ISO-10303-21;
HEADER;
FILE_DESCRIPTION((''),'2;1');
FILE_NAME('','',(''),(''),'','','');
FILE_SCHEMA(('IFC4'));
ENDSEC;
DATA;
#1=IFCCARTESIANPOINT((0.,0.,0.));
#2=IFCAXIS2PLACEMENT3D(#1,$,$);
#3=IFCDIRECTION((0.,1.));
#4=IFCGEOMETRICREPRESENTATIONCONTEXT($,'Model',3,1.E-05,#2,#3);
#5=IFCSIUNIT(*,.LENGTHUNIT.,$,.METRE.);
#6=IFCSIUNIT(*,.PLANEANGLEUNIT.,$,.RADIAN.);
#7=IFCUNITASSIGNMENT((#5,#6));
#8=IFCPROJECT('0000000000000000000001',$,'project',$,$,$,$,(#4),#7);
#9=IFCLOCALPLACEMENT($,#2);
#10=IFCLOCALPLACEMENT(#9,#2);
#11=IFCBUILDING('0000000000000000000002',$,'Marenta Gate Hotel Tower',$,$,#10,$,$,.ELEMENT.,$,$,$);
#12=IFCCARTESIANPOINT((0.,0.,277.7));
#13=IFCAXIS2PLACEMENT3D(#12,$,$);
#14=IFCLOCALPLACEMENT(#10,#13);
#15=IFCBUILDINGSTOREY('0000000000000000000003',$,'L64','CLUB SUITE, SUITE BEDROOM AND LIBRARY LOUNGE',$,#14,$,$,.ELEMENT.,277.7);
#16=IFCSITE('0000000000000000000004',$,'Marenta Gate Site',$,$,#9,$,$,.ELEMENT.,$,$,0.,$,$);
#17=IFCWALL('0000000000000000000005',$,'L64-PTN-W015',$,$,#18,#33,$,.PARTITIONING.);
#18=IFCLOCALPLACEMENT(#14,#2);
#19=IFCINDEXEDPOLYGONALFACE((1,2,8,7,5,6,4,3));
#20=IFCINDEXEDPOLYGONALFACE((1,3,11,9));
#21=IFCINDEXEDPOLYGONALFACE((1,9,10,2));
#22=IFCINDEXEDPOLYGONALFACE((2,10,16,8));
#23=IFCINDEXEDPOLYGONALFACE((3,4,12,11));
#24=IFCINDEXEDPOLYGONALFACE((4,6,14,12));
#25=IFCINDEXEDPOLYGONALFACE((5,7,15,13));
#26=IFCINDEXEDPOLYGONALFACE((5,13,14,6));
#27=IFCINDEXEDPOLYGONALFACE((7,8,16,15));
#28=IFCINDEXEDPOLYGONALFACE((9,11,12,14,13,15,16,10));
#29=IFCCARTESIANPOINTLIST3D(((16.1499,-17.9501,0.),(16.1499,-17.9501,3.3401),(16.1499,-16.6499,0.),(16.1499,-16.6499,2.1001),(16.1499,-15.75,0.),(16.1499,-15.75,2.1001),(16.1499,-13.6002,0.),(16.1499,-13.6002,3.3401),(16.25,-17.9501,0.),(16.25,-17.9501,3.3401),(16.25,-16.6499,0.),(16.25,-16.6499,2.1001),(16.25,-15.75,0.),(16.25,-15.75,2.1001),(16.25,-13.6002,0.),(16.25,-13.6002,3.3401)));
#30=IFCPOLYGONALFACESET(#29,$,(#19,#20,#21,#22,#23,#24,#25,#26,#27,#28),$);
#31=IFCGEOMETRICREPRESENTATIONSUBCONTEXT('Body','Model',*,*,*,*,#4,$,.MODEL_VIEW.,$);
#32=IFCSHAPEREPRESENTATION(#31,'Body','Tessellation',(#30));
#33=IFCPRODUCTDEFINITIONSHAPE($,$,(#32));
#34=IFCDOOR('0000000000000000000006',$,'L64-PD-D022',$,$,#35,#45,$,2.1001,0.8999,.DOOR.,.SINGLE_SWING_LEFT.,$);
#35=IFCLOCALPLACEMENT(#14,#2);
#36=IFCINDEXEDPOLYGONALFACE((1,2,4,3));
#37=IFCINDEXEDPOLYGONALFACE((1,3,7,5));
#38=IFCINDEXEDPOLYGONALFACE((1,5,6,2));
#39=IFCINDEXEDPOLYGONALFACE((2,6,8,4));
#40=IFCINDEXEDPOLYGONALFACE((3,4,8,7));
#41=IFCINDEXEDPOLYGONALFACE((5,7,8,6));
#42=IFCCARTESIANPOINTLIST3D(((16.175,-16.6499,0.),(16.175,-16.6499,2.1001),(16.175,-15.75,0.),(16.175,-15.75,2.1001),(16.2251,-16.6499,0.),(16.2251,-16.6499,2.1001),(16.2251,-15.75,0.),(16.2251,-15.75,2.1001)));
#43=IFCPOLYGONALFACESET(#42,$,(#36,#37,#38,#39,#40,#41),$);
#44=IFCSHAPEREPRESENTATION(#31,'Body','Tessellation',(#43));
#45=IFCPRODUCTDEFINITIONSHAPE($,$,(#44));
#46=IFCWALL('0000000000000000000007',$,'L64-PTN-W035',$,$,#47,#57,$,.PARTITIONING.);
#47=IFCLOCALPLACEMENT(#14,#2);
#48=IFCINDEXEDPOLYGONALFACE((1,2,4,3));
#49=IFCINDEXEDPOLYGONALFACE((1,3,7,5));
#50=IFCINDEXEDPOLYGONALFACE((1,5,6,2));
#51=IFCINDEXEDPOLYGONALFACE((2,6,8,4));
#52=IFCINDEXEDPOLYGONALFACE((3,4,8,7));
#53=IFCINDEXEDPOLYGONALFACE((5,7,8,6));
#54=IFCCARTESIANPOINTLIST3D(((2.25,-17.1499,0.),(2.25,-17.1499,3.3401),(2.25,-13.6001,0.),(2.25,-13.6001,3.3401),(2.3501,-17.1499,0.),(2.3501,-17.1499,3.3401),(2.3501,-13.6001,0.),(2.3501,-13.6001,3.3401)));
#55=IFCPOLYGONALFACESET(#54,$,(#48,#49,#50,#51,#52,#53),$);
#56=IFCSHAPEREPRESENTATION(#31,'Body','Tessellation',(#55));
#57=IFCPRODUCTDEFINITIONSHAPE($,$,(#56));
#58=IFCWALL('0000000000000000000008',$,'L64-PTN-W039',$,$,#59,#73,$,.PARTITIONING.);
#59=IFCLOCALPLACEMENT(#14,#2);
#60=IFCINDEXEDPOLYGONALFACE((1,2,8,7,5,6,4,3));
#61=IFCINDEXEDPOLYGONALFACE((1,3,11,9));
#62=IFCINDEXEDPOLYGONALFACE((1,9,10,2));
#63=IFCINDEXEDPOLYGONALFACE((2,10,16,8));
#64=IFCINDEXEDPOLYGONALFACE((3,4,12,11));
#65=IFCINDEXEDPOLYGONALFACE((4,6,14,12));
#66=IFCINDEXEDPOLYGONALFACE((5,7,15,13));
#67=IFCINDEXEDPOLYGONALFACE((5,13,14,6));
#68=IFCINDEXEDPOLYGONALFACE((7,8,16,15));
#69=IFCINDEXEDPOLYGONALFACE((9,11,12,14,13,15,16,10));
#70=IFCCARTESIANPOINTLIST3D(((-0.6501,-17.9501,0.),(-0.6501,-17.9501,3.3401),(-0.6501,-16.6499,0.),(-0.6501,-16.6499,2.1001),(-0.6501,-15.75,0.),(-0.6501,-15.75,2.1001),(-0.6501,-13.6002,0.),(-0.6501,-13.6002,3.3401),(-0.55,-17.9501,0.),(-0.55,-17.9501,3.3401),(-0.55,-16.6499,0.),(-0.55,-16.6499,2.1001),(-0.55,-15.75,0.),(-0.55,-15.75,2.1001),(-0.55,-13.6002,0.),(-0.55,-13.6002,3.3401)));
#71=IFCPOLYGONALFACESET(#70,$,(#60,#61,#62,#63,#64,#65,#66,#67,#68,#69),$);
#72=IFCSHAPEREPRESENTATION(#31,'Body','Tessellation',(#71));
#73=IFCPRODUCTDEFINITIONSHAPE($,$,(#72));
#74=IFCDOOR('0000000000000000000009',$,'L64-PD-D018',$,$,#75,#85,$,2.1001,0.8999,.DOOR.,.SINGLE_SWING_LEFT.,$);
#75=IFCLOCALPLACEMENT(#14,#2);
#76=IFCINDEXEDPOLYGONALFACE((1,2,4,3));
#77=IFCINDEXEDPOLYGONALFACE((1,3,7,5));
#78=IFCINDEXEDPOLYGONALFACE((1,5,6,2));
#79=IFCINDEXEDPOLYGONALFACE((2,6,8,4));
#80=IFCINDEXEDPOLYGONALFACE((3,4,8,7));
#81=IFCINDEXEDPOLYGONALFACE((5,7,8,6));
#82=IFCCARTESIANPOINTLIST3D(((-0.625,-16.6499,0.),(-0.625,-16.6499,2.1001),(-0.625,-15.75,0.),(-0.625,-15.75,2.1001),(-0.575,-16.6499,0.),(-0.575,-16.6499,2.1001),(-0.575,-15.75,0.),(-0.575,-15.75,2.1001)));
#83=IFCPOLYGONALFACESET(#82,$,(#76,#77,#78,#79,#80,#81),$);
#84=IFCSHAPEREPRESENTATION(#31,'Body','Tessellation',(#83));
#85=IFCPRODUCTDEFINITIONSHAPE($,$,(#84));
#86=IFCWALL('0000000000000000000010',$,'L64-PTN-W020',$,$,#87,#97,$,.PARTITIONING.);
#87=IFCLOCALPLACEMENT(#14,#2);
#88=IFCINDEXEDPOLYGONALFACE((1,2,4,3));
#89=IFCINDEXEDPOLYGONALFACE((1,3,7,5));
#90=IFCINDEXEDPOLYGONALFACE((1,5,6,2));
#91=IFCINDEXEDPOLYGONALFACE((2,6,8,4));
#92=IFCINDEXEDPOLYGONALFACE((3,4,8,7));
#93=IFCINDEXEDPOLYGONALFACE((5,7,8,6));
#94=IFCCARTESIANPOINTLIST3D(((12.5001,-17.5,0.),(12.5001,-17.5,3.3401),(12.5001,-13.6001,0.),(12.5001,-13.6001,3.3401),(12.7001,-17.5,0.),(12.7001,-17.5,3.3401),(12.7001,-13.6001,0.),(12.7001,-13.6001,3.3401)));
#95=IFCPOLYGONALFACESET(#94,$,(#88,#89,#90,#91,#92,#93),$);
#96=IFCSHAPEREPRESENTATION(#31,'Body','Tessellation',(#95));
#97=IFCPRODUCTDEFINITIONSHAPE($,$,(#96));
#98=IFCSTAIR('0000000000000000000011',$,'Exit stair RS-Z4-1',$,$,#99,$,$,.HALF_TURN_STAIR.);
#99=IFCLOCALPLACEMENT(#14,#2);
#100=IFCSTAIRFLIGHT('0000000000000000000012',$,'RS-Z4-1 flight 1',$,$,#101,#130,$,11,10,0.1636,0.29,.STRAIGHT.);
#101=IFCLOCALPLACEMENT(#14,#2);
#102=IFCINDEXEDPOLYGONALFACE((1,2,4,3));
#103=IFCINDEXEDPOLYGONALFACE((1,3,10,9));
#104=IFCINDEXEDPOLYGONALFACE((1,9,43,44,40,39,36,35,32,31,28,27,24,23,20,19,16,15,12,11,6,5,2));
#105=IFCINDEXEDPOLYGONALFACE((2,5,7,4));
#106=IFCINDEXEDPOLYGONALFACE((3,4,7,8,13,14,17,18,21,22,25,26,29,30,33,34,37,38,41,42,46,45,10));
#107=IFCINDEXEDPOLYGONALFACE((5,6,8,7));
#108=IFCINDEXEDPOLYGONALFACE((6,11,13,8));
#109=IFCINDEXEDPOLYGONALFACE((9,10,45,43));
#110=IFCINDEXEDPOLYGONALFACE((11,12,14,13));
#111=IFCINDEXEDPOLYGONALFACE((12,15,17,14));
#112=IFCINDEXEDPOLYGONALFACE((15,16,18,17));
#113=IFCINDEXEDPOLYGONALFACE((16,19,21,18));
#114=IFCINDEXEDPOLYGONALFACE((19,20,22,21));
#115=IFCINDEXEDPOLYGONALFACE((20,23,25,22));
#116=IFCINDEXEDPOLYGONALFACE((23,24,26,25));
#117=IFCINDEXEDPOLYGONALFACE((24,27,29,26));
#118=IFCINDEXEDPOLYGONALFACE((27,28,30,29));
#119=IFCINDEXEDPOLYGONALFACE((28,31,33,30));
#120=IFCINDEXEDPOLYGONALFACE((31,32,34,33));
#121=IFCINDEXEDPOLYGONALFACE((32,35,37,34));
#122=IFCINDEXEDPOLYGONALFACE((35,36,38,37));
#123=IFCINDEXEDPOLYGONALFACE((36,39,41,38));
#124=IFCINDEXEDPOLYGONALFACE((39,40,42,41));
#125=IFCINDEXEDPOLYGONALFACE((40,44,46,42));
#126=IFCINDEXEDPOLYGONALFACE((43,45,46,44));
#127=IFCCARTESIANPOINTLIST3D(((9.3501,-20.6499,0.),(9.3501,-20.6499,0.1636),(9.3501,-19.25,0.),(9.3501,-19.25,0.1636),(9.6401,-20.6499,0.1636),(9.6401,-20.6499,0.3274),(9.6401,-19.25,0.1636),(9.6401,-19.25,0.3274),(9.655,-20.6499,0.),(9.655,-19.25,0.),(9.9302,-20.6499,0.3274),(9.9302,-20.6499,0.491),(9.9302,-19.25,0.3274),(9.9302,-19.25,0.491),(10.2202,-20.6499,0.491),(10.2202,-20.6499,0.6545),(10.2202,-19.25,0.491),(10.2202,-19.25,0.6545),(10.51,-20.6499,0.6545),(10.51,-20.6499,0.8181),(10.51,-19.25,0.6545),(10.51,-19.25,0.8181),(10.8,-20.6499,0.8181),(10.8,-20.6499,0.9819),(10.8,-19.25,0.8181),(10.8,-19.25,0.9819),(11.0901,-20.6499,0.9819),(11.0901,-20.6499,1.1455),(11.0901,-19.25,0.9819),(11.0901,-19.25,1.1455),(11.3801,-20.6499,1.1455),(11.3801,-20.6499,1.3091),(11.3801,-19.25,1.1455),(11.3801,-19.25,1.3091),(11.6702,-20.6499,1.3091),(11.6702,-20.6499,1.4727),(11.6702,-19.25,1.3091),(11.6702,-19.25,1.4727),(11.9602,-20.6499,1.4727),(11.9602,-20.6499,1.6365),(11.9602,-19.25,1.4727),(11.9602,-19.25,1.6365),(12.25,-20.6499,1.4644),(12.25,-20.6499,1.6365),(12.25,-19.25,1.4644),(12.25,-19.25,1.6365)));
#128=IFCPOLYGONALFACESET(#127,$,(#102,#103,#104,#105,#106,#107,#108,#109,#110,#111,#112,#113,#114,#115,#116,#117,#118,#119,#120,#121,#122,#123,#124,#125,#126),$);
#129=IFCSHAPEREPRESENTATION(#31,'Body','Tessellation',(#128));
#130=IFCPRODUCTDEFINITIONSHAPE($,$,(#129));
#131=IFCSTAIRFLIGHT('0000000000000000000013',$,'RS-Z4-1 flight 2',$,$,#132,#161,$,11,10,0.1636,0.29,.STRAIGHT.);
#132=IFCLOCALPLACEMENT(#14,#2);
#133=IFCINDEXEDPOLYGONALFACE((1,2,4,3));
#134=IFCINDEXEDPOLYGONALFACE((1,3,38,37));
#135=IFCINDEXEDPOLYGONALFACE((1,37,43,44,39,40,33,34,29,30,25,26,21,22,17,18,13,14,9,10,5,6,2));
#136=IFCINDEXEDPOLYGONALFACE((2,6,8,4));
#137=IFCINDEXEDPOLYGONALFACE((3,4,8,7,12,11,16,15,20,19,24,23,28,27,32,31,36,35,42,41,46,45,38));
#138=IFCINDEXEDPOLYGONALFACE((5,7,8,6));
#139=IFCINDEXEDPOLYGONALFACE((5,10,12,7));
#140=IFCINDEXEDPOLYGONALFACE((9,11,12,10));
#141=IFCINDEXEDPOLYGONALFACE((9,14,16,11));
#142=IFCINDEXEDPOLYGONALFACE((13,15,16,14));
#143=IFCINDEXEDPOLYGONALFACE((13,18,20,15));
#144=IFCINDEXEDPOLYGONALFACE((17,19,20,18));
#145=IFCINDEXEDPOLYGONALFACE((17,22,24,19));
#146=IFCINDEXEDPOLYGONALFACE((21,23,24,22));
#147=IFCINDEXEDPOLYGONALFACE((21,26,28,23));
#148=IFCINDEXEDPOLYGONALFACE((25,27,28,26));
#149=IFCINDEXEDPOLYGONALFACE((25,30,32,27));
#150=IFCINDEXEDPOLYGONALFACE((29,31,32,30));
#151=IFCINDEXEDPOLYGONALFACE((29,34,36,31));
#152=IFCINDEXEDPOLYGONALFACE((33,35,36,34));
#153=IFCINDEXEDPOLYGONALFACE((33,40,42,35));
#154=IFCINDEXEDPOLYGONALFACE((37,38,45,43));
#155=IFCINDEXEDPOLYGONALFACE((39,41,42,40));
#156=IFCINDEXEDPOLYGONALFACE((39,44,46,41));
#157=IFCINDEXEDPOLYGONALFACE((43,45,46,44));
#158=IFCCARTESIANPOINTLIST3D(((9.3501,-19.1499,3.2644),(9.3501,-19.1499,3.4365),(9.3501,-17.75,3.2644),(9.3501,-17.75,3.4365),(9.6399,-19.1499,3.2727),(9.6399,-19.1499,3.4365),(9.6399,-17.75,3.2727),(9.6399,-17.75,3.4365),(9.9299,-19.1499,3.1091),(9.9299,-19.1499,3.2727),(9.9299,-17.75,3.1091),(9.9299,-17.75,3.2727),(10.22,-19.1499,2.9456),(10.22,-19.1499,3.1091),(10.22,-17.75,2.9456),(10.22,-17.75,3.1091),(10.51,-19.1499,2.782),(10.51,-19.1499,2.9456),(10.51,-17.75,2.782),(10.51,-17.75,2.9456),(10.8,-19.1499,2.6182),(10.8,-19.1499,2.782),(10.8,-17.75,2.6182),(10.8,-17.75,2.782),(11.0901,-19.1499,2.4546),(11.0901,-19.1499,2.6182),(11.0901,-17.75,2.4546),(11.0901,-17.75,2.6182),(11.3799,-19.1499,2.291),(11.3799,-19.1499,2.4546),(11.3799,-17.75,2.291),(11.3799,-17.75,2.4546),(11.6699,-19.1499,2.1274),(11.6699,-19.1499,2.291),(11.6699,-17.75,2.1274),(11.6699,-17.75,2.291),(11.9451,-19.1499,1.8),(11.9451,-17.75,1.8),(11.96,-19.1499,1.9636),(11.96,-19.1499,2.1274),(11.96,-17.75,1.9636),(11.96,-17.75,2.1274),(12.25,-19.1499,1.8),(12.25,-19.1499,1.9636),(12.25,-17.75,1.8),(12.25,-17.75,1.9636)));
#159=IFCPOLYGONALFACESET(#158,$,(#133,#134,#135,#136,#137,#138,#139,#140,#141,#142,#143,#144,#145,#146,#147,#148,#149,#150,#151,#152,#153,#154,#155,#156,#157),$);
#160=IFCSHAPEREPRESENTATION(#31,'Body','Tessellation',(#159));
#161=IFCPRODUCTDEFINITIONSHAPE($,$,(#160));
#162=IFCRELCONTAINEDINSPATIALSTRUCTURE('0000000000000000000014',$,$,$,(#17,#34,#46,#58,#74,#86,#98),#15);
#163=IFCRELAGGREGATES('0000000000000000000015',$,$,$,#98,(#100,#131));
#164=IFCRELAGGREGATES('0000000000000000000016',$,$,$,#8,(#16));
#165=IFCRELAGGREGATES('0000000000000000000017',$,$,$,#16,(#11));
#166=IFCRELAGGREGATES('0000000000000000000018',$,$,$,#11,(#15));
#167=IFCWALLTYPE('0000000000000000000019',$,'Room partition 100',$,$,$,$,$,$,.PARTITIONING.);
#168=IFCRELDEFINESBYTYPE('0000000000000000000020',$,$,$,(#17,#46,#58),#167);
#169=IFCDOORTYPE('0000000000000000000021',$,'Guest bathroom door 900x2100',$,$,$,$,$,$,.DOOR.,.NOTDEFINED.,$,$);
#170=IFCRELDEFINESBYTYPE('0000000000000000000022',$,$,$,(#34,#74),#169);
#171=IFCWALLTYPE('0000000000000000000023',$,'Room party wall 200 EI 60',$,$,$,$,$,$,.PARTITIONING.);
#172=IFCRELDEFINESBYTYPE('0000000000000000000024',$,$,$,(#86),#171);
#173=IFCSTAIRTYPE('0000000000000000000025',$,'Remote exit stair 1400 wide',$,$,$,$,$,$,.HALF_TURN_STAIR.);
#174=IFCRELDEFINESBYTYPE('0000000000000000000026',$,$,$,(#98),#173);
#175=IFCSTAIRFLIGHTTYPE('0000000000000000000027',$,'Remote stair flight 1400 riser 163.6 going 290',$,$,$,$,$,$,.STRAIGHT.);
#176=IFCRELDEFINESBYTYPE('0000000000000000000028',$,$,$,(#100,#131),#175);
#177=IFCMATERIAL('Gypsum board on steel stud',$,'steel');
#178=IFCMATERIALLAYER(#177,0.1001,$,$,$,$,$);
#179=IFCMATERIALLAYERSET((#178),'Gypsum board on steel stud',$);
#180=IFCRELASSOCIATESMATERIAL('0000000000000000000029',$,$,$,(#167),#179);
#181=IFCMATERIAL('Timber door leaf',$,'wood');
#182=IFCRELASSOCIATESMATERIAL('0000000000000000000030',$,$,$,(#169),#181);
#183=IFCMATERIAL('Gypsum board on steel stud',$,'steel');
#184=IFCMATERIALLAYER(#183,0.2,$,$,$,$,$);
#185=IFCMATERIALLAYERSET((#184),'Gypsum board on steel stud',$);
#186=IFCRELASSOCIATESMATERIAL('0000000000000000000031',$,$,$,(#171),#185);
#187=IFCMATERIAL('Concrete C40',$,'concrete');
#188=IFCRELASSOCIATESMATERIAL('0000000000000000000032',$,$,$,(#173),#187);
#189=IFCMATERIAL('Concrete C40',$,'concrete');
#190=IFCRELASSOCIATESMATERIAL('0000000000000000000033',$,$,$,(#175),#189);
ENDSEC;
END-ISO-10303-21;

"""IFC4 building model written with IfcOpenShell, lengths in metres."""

from ifc_helpers import new_model, si_unit, direction, frame, frame_2d, origin, place, context, subcontext, project, spatial, polyline, rectangle, outline, extrude, material, layer, layer_set, type_object, element, fill, aggregate, save


model = new_model("IFC4")

# Units and contexts
model_context = context("Model", 3, precision=1e-05, world=origin(), true_north=direction((0.0, 1.0)))
body_context = subcontext(model_context, "Body", "Model", "MODEL_VIEW")
ifc_project = project(units=[si_unit("LENGTHUNIT", "METRE"), si_unit("PLANEANGLEUNIT", "RADIAN")], contexts=[model_context])

# Site, building, storey
site_placement = place(None, origin())
site = spatial("IfcSite", under=ifc_project, at=site_placement, Name="Marenta Gate Site", CompositionType="ELEMENT", RefElevation=0.0)
building_placement = place(site_placement, origin())
building = spatial("IfcBuilding", under=site, at=building_placement, Name="Marenta Gate Hotel Tower", CompositionType="ELEMENT")
storey_placement = place(building_placement, frame((0.0, 0.0, 277.7)))
storey = spatial("IfcBuildingStorey", under=building, at=storey_placement, Name="L64", Description="CLUB SUITE, SUITE BEDROOM AND LIBRARY LOUNGE", CompositionType="ELEMENT", Elevation=277.7)

# Shared definitions
ifc_material_1 = material(Name="Gypsum board on steel stud", Category="steel")
ifc_layer_1 = layer(ifc_material_1, 0.1001)
ifc_layer_set_1 = layer_set([ifc_layer_1], Name="Gypsum board on steel stud")
wall_type_1 = type_object("IfcWallType", Name="Room partition 100", PredefinedType="PARTITIONING", material=ifc_layer_set_1)

# Wall, opening, door
wall_1_placement = place(storey_placement, frame((16.2, -17.95, 0.0), z_axis=(0.0, 0.0, 1.0), x_axis=(0.0, 1.0, 0.0)))
wall_1 = element("IfcWall", 1, at=wall_1_placement, inside=storey, type_object=wall_type_1, Name="L64-PTN-W015", PredefinedType="PARTITIONING", context=body_context, shape_type="SweptSolid", body=[
    extrude(rectangle(XDim=4.3499, YDim=0.1001, at=frame_2d((2.1748, 0.0))), origin(), (0.0, 0.0, 1.0), 3.3401),
])
opening_1_placement = place(wall_1_placement, frame((1.3, 0.0, 0.0)))
opening_1 = element("IfcOpeningElement", 2, at=opening_1_placement, cuts=wall_1, PredefinedType="OPENING", context=body_context, shape_type="SweptSolid", body=[
    extrude(rectangle(XDim=0.8999, YDim=2.1001, at=frame_2d((0.45, 1.05))), frame((0.0, 0.05, 0.0), z_axis=(0.0, -1.0, 0.0), x_axis=(1.0, 0.0, 0.0)), (0.0, 0.0, 1.0), 0.1001),
])
ifc_material_2 = material(Name="Timber door leaf", Category="wood")
door_type_1 = type_object("IfcDoorType", Name="Guest bathroom door 900x2100", OperationType="NOTDEFINED", PredefinedType="DOOR", material=ifc_material_2)
door_1_placement = place(opening_1_placement, origin())
door_1 = element("IfcDoor", 3, at=door_1_placement, inside=storey, type_object=door_type_1, Name="L64-PD-D022", OperationType="SINGLE_SWING_LEFT", OverallHeight=2.1001, OverallWidth=0.8999, PredefinedType="DOOR", context=body_context, shape_type="SweptSolid", body=[
    extrude(rectangle(XDim=0.8999, YDim=2.1001, at=frame_2d((0.45, 1.05))), frame((0.0, 0.0249, 0.0), z_axis=(0.0, -1.0, 0.0), x_axis=(1.0, 0.0, 0.0)), (0.0, 0.0, 1.0), 0.05),
])
fill(opening_1, door_1)

# Wall
wall_2_placement = place(storey_placement, frame((2.3, -17.1499, 0.0), z_axis=(0.0, 0.0, 1.0), x_axis=(0.0, 1.0, 0.0)))
element("IfcWall", 4, at=wall_2_placement, inside=storey, type_object=wall_type_1, Name="L64-PTN-W035", PredefinedType="PARTITIONING", context=body_context, shape_type="SweptSolid", body=[
    extrude(rectangle(XDim=3.5498, YDim=0.1001, at=frame_2d((1.7749, 0.0))), origin(), (0.0, 0.0, 1.0), 3.3401),
])

# Wall, opening, door
wall_3_placement = place(storey_placement, frame((-0.6001, -17.95, 0.0), z_axis=(0.0, 0.0, 1.0), x_axis=(0.0, 1.0, 0.0)))
wall_3 = element("IfcWall", 5, at=wall_3_placement, inside=storey, type_object=wall_type_1, Name="L64-PTN-W039", PredefinedType="PARTITIONING", context=body_context, shape_type="SweptSolid", body=[
    extrude(rectangle(XDim=4.3499, YDim=0.1001, at=frame_2d((2.1748, 0.0))), origin(), (0.0, 0.0, 1.0), 3.3401),
])
opening_2_placement = place(wall_3_placement, frame((1.3, 0.0, 0.0)))
opening_2 = element("IfcOpeningElement", 6, at=opening_2_placement, cuts=wall_3, PredefinedType="OPENING", context=body_context, shape_type="SweptSolid", body=[
    extrude(rectangle(XDim=0.8999, YDim=2.1001, at=frame_2d((0.45, 1.05))), frame((0.0, 0.05, 0.0), z_axis=(0.0, -1.0, 0.0), x_axis=(1.0, 0.0, 0.0)), (0.0, 0.0, 1.0), 0.1001),
])
door_2_placement = place(opening_2_placement, origin())
door_2 = element("IfcDoor", 7, at=door_2_placement, inside=storey, type_object=door_type_1, Name="L64-PD-D018", OperationType="SINGLE_SWING_LEFT", OverallHeight=2.1001, OverallWidth=0.8999, PredefinedType="DOOR", context=body_context, shape_type="SweptSolid", body=[
    extrude(rectangle(XDim=0.8999, YDim=2.1001, at=frame_2d((0.45, 1.05))), frame((0.0, 0.0249, 0.0), z_axis=(0.0, -1.0, 0.0), x_axis=(1.0, 0.0, 0.0)), (0.0, 0.0, 1.0), 0.05),
])
fill(opening_2, door_2)

# Wall
ifc_material_3 = material(Name="Gypsum board on steel stud", Category="steel")
ifc_layer_2 = layer(ifc_material_3, 0.2)
ifc_layer_set_2 = layer_set([ifc_layer_2], Name="Gypsum board on steel stud")
wall_type_2 = type_object("IfcWallType", Name="Room party wall 200 EI 60", PredefinedType="PARTITIONING", material=ifc_layer_set_2)
wall_4_placement = place(storey_placement, frame((12.6001, -17.5, 0.0), z_axis=(0.0, 0.0, 1.0), x_axis=(0.0, 1.0, 0.0)))
element("IfcWall", 8, at=wall_4_placement, inside=storey, type_object=wall_type_2, Name="L64-PTN-W020", PredefinedType="PARTITIONING", context=body_context, shape_type="SweptSolid", body=[
    extrude(rectangle(XDim=3.8999, YDim=0.2, at=frame_2d((1.95, 0.0))), origin(), (0.0, 0.0, 1.0), 3.3401),
])

# Stair, stair flights
ifc_material_4 = material(Name="Concrete C40", Category="concrete")
stair_type = type_object("IfcStairType", Name="Remote exit stair 1400 wide", PredefinedType="HALF_TURN_STAIR", material=ifc_material_4)
stair_placement = place(storey_placement, origin())
stair = element("IfcStair", 9, at=stair_placement, inside=storey, type_object=stair_type, Name="Exit stair RS-Z4-1", PredefinedType="HALF_TURN_STAIR")
ifc_material_5 = material(Name="Concrete C40", Category="concrete")
stair_flight_type = type_object("IfcStairFlightType", Name="Remote stair flight 1400 riser 163.6 going 290", PredefinedType="STRAIGHT", material=ifc_material_5)
stair_flight_1_placement = place(storey_placement, frame((9.3501, -19.95, 0.0), z_axis=(0.0, 0.0, 1.0), x_axis=(1.0, 0.0, 0.0)))
stair_flight_1 = element("IfcStairFlight", 10, at=stair_flight_1_placement, type_object=stair_flight_type, Name="RS-Z4-1 flight 1", NumberOfRisers=11, NumberOfTreads=10, PredefinedType="STRAIGHT", RiserHeight=0.1636, TreadLength=0.29, context=body_context, shape_type="SweptSolid", body=[
    extrude(outline(polyline([(0.0, 0.0), (0.0, 0.1636), (0.29, 0.1636), (0.29, 0.3274), (0.5801, 0.3274), (0.5801, 0.491), (0.8701, 0.491), (0.8701, 0.6545), (1.1599, 0.6545), (1.1599, 0.8181), (1.45, 0.8181), (1.45, 0.9819), (1.74, 0.9819), (1.74, 1.1455), (2.03, 1.1455), (2.03, 1.3091), (2.3201, 1.3091), (2.3201, 1.4727), (2.6101, 1.4727), (2.6101, 1.6365), (2.8999, 1.6365), (2.8999, 1.8), (2.8999, 1.4644), (0.3049, 0.0), (0.0, 0.0)])), frame((0.0, 0.7, 0.0), z_axis=(0.0, -1.0, 0.0), x_axis=(1.0, 0.0, 0.0)), (0.0, 0.0, 1.0), 1.3999),
])
stair_flight_2_placement = place(storey_placement, frame((12.25, -18.45, 1.8), z_axis=(0.0, 0.0, 1.0), x_axis=(-1.0, 0.0, 0.0)))
stair_flight_2 = element("IfcStairFlight", 11, at=stair_flight_2_placement, type_object=stair_flight_type, Name="RS-Z4-1 flight 2", NumberOfRisers=11, NumberOfTreads=10, PredefinedType="STRAIGHT", RiserHeight=0.1636, TreadLength=0.29, context=body_context, shape_type="SweptSolid", body=[
    extrude(outline(polyline([(0.0, 0.0), (0.0, 0.1636), (0.29, 0.1636), (0.29, 0.3274), (0.5801, 0.3274), (0.5801, 0.491), (0.8701, 0.491), (0.8701, 0.6545), (1.1599, 0.6545), (1.1599, 0.8181), (1.45, 0.8181), (1.45, 0.9819), (1.74, 0.9819), (1.74, 1.1455), (2.03, 1.1455), (2.03, 1.3091), (2.3201, 1.3091), (2.3201, 1.4727), (2.6101, 1.4727), (2.6101, 1.6365), (2.8999, 1.6365), (2.8999, 1.8), (2.8999, 1.4644), (0.3049, 0.0), (0.0, 0.0)])), frame((0.0, 0.7, 0.0), z_axis=(0.0, -1.0, 0.0), x_axis=(1.0, 0.0, 0.0)), (0.0, 0.0, 1.0), 1.3999),
])
aggregate(stair, [stair_flight_1, stair_flight_2])

save(model, "model.ifc")
